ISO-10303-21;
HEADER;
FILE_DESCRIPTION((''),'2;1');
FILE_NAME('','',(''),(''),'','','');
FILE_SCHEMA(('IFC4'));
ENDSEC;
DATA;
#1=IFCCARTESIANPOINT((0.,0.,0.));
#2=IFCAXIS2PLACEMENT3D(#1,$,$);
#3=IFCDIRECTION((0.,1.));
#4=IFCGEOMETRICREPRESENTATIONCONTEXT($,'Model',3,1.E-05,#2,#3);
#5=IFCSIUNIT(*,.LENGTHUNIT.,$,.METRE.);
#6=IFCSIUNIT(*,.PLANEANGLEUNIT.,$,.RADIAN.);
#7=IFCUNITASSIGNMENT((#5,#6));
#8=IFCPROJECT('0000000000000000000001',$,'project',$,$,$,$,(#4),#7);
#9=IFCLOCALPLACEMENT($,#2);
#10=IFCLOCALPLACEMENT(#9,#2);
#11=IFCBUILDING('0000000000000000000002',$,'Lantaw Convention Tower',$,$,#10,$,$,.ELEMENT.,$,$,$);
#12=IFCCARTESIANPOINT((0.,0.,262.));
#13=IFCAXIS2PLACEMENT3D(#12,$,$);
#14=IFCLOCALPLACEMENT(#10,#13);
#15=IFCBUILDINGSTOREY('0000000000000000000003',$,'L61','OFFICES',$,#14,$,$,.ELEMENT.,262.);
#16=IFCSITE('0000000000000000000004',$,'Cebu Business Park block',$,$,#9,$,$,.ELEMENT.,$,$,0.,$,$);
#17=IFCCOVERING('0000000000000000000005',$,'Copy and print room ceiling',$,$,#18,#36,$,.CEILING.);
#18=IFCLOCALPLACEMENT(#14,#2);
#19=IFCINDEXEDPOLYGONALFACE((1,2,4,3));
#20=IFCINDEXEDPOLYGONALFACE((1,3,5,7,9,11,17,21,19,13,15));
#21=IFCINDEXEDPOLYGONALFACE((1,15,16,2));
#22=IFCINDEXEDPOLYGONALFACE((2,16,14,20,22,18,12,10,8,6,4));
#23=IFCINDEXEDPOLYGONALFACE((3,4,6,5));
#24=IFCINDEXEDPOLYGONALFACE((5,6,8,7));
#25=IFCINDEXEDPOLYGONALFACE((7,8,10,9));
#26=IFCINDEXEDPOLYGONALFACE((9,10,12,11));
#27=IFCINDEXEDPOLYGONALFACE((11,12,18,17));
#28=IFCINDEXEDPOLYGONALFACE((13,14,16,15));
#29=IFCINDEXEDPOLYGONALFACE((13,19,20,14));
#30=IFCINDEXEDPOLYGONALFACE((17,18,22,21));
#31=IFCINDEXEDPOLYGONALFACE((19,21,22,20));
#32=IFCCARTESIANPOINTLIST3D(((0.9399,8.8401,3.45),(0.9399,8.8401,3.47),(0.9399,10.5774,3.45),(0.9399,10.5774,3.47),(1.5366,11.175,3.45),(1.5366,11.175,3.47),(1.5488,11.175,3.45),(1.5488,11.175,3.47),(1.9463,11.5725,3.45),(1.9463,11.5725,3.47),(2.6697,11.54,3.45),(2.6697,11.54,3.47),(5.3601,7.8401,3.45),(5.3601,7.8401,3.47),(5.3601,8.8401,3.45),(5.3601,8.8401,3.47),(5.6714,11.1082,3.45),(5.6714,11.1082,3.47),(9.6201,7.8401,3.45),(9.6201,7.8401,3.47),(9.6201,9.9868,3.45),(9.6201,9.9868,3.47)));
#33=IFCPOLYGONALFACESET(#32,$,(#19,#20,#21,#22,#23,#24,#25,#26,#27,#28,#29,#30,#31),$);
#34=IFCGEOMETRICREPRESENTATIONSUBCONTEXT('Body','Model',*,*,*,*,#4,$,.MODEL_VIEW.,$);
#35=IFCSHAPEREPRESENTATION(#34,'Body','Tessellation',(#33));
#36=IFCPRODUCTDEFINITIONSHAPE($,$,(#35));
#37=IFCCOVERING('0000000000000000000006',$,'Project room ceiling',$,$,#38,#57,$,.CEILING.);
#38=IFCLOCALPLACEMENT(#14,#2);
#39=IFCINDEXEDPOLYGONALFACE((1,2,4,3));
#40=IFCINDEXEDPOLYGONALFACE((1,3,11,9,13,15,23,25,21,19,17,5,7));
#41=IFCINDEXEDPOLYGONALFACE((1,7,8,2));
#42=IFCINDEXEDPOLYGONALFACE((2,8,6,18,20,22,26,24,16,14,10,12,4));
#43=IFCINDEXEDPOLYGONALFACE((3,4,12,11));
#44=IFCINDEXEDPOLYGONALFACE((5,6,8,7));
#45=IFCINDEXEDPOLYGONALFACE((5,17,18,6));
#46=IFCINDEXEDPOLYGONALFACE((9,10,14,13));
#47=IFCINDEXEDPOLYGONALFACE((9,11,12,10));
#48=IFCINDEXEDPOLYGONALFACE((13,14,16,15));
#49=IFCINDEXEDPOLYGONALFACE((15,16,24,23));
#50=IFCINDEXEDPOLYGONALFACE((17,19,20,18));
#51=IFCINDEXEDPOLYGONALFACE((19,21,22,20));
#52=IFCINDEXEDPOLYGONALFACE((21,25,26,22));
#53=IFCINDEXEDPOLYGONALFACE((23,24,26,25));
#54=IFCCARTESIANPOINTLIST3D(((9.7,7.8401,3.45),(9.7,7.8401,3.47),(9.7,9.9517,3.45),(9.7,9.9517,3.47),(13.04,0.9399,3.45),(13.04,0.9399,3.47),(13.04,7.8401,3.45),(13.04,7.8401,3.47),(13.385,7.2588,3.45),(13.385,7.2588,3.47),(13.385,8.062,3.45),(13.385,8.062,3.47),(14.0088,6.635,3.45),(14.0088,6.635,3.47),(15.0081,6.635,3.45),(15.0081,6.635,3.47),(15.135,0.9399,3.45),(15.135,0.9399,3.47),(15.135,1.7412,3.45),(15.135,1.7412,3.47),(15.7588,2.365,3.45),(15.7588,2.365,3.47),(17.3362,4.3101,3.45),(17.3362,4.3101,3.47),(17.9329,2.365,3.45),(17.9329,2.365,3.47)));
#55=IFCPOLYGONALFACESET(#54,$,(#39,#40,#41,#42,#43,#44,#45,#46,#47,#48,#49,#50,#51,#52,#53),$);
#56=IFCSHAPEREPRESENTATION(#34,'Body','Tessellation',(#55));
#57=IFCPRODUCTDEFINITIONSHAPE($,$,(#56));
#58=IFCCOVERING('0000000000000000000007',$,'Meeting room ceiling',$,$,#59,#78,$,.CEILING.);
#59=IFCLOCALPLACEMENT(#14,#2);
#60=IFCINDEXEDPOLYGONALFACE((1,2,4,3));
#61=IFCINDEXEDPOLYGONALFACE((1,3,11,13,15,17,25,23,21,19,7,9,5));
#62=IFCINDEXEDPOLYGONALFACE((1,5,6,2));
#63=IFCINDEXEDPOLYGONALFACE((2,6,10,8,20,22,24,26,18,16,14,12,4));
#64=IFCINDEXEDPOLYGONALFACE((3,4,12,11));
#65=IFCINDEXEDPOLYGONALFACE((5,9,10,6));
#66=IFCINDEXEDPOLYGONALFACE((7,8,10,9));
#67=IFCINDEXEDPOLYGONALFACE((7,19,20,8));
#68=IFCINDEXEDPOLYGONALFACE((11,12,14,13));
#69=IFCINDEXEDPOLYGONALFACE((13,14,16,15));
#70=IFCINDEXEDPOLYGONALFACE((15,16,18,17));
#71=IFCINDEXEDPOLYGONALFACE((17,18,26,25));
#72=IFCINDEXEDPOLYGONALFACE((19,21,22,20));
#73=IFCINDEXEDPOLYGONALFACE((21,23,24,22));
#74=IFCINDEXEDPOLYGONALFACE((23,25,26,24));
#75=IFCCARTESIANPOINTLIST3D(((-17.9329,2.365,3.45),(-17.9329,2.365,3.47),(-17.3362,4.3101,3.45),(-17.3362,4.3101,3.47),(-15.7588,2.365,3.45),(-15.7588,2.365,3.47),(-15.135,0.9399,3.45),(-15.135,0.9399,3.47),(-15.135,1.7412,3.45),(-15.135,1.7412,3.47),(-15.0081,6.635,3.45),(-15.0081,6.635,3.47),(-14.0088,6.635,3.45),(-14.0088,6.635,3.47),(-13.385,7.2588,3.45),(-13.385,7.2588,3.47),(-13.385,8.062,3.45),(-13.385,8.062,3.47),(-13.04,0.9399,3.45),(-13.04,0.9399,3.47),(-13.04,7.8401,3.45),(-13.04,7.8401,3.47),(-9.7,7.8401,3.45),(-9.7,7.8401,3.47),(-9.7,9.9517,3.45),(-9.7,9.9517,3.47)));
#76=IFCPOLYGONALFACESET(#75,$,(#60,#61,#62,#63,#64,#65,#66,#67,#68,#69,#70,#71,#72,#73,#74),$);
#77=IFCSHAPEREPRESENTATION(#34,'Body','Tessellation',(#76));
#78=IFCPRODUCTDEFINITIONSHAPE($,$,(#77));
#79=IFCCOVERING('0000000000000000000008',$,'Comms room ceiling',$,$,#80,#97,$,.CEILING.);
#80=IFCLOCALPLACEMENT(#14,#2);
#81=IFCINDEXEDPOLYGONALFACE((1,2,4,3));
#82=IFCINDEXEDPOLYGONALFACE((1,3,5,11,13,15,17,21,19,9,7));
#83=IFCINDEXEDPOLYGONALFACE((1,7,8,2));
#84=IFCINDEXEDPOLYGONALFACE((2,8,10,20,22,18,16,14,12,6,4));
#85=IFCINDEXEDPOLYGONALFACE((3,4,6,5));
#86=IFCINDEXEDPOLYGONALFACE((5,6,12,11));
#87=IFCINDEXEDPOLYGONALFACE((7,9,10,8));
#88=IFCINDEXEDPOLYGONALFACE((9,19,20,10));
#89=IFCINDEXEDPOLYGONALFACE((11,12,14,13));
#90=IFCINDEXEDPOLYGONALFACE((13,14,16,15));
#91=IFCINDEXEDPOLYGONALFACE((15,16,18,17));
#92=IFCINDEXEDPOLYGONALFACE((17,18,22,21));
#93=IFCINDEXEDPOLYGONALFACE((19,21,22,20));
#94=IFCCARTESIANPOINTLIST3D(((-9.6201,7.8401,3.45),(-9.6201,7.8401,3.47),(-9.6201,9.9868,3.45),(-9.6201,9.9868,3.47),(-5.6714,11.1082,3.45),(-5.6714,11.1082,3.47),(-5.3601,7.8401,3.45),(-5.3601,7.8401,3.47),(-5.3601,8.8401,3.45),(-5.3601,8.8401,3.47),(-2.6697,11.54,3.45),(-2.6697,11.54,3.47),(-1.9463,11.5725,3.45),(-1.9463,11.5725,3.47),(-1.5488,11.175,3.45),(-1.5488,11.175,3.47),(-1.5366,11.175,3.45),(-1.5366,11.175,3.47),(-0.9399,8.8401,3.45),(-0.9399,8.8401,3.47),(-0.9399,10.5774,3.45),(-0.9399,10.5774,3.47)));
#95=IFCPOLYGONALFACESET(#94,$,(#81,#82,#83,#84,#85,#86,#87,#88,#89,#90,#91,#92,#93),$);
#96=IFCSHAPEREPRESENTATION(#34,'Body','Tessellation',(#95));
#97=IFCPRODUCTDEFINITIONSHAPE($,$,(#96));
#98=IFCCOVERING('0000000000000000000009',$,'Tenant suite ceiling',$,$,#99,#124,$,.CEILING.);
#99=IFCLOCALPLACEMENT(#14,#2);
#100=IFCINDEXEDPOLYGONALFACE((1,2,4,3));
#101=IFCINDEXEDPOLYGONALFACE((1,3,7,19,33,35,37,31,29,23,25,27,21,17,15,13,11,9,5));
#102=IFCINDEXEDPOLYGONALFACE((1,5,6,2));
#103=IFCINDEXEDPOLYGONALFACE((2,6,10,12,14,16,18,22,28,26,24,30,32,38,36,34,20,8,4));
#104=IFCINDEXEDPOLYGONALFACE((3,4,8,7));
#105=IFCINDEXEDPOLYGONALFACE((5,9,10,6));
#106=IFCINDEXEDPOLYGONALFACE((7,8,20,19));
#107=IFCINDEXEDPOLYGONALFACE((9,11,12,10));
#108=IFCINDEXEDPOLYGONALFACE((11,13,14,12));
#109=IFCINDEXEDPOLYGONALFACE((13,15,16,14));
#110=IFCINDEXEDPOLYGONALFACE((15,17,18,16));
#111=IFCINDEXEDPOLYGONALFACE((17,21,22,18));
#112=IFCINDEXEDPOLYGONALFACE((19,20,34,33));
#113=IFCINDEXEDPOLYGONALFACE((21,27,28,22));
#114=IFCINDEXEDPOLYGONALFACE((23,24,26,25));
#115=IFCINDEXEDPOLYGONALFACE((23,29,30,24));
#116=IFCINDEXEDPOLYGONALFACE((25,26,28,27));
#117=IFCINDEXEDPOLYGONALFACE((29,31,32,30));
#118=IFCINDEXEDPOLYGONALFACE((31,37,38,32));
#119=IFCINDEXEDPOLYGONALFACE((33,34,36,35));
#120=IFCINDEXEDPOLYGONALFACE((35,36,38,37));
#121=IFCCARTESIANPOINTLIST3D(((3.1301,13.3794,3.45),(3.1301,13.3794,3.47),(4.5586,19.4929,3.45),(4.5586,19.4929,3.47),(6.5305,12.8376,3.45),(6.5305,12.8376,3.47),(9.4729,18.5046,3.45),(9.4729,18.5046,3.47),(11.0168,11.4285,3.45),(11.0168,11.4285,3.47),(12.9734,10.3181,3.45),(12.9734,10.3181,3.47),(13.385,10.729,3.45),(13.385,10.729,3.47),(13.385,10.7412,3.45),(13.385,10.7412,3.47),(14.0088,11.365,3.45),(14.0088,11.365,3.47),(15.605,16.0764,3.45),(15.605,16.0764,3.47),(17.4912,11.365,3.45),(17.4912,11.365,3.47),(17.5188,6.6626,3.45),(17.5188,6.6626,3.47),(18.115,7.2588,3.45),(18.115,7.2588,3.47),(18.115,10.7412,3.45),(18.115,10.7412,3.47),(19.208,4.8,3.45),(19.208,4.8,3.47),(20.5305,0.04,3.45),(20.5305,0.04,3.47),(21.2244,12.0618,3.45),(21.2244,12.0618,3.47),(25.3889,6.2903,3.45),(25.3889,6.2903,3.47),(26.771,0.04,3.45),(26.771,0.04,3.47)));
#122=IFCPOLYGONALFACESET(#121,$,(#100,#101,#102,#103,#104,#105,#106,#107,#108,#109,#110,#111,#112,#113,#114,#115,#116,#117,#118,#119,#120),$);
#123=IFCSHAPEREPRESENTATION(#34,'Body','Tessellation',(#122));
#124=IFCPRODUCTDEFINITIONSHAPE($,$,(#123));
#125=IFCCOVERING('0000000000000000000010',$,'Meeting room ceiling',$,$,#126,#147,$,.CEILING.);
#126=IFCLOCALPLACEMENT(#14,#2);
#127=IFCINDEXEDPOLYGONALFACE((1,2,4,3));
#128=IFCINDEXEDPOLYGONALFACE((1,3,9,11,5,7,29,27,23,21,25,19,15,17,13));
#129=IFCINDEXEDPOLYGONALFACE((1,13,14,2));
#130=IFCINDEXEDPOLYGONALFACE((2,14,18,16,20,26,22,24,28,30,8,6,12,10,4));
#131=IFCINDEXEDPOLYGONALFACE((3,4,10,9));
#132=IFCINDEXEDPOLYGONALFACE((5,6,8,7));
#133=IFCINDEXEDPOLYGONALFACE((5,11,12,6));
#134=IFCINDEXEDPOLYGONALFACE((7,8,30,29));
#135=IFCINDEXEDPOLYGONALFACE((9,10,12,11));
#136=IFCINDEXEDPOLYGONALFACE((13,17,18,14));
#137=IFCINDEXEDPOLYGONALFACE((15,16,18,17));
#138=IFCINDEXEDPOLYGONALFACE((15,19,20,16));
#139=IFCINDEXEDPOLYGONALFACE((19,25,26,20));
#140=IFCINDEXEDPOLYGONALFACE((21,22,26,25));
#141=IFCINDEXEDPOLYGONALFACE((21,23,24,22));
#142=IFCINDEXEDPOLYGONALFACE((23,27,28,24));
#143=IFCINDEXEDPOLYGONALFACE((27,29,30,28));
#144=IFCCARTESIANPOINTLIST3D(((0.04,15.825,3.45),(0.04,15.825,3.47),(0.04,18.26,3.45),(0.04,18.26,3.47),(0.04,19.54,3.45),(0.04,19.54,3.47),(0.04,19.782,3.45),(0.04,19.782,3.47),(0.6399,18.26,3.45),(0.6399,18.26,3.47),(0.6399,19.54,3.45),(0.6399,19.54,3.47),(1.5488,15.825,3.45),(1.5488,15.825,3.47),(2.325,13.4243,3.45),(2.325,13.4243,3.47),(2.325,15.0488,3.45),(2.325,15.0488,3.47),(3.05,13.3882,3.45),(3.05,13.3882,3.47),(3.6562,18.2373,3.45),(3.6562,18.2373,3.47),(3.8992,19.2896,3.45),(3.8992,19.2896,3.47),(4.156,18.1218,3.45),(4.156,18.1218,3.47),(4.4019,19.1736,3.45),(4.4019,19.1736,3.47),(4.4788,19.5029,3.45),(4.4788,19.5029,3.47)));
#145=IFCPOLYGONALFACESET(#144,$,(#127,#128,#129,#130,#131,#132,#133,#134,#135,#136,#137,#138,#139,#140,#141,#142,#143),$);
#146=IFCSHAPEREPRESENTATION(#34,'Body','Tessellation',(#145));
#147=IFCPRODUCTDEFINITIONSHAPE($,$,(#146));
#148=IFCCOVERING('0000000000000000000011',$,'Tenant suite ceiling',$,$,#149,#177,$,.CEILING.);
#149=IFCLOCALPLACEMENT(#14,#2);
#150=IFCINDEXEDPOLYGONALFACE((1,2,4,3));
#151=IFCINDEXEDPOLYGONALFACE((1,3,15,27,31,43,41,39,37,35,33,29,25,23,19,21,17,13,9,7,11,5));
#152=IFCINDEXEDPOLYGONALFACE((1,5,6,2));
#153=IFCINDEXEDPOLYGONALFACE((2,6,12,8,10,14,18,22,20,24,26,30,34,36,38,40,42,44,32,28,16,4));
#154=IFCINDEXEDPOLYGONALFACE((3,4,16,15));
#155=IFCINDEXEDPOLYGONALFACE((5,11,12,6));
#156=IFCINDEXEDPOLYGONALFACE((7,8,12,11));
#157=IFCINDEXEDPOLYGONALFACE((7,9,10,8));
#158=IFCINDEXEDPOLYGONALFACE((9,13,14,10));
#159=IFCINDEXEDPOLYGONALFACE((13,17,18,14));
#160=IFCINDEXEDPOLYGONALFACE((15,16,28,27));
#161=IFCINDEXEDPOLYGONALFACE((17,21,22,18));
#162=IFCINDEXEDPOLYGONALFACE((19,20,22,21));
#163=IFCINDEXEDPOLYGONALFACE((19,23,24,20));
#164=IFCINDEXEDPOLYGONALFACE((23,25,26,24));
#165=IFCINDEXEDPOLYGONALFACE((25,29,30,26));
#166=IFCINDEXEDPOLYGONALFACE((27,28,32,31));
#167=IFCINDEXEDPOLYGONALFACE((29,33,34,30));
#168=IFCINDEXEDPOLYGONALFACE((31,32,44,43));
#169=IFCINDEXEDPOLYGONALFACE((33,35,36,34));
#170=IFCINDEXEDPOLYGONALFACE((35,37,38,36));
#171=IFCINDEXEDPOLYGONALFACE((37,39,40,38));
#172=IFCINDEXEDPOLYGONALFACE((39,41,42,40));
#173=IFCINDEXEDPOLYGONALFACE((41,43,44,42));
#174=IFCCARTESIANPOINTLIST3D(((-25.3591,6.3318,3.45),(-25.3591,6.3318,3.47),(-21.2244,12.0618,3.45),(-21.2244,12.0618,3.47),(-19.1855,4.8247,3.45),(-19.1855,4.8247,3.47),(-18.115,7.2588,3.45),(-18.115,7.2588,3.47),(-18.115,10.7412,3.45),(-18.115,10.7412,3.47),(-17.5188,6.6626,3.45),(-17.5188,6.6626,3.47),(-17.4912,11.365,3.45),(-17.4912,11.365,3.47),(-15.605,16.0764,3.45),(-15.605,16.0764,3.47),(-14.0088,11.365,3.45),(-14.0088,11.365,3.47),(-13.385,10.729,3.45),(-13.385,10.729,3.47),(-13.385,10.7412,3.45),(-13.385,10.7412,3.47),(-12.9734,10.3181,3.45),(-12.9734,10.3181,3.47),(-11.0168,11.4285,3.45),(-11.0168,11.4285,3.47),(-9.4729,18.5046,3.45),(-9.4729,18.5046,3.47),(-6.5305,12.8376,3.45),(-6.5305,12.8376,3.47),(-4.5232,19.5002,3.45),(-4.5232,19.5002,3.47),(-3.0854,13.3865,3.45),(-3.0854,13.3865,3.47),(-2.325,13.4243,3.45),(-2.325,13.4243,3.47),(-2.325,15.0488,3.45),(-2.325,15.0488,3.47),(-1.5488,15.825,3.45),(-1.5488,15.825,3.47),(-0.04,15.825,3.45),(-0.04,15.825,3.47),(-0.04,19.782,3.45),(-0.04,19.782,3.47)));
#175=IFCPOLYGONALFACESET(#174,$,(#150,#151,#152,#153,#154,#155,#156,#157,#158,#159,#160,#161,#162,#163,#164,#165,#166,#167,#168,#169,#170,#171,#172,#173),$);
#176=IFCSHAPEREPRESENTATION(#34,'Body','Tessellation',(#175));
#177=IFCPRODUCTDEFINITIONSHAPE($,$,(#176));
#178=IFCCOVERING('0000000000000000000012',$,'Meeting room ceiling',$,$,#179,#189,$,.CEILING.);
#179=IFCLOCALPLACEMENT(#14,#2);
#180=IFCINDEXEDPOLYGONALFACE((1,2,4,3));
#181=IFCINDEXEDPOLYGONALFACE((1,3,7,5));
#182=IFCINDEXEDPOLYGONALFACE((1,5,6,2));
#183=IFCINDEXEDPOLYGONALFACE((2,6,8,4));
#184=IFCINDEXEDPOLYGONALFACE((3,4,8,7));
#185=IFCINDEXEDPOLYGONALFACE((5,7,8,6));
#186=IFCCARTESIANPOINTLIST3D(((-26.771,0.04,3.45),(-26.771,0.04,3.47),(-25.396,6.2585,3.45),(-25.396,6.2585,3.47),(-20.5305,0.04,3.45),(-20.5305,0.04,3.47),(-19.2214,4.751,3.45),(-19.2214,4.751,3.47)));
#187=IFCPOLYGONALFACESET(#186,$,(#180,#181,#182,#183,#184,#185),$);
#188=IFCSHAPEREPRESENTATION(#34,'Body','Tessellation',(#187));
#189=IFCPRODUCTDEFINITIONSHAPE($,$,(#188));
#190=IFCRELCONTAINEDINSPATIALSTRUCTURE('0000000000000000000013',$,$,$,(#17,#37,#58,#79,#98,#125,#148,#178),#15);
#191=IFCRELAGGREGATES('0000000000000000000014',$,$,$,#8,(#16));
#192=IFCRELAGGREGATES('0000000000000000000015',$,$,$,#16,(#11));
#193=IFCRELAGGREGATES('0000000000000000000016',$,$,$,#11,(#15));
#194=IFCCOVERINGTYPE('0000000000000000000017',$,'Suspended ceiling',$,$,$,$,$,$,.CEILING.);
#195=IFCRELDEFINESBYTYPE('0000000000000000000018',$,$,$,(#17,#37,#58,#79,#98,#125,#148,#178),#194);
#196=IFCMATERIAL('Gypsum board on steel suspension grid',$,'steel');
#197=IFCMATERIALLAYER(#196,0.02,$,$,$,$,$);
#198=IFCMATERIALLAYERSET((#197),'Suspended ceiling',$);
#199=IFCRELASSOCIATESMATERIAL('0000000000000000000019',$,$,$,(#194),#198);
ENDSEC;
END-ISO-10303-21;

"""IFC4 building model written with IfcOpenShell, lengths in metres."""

from ifc_helpers import new_model, si_unit, direction, frame, origin, place, context, subcontext, project, spatial, polyline, outline, extrude, material, layer, layer_set, type_object, element, save


model = new_model("IFC4")

# Units and contexts
model_context = context("Model", 3, precision=1e-05, world=origin(), true_north=direction((0.0, 1.0)))
body_context = subcontext(model_context, "Body", "Model", "MODEL_VIEW")
ifc_project = project(units=[si_unit("LENGTHUNIT", "METRE"), si_unit("PLANEANGLEUNIT", "RADIAN")], contexts=[model_context])

# Site, building, storey
site_placement = place(None, origin())
site = spatial("IfcSite", under=ifc_project, at=site_placement, Name="Cebu Business Park block", CompositionType="ELEMENT", RefElevation=0.0)
building_placement = place(site_placement, origin())
building = spatial("IfcBuilding", under=site, at=building_placement, Name="Lantaw Convention Tower", CompositionType="ELEMENT")
storey_placement = place(building_placement, frame((0.0, 0.0, 262.0)))
storey = spatial("IfcBuildingStorey", under=building, at=storey_placement, Name="L61", Description="OFFICES", CompositionType="ELEMENT", Elevation=262.0)

# Coverings
ifc_material_1 = material(Name="Gypsum board on steel suspension grid", Category="steel")
ifc_layer_1 = layer(ifc_material_1, 0.02)
ifc_layer_set_1 = layer_set([ifc_layer_1], Name="Suspended ceiling")
covering_type = type_object("IfcCoveringType", Name="Suspended ceiling", PredefinedType="CEILING", material=ifc_layer_set_1)
covering_1_placement = place(storey_placement, frame((0.0, 0.0, 3.45)))
element("IfcCovering", 1, at=covering_1_placement, inside=storey, type_object=covering_type, Name="Copy and print room ceiling", PredefinedType="CEILING", context=body_context, shape_type="SweptSolid", body=[
    extrude(outline(polyline([(0.9399, 8.8401), (5.3601, 8.8401), (5.3601, 7.8401), (9.6201, 7.8401), (9.6201, 9.9868), (5.6714, 11.1082), (2.6697, 11.54), (1.9463, 11.5725), (1.5488, 11.175), (1.5366, 11.175), (0.9399, 10.5774), (0.9399, 8.8401)])), origin(), (0.0, 0.0, 1.0), 0.02),
])
covering_2_placement = place(storey_placement, frame((0.0, 0.0, 3.45)))
element("IfcCovering", 2, at=covering_2_placement, inside=storey, type_object=covering_type, Name="Project room ceiling", PredefinedType="CEILING", context=body_context, shape_type="SweptSolid", body=[
    extrude(outline(polyline([(13.385, 8.062), (9.7, 9.9517), (9.7, 7.8401), (13.04, 7.8401), (13.04, 0.9399), (15.135, 0.9399), (15.135, 1.7412), (15.7588, 2.365), (17.9329, 2.365), (17.3362, 4.3101), (15.0081, 6.635), (14.0088, 6.635), (13.385, 7.2588), (13.385, 8.062)])), origin(), (0.0, 0.0, 1.0), 0.02),
])
covering_3_placement = place(storey_placement, frame((0.0, 0.0, 3.45)))
element("IfcCovering", 3, at=covering_3_placement, inside=storey, type_object=covering_type, Name="Meeting room ceiling", PredefinedType="CEILING", context=body_context, shape_type="SweptSolid", body=[
    extrude(outline(polyline([(-15.135, 1.7412), (-15.135, 0.9399), (-13.04, 0.9399), (-13.04, 7.8401), (-9.7, 7.8401), (-9.7, 9.9517), (-13.385, 8.062), (-13.385, 7.2588), (-14.0088, 6.635), (-15.0081, 6.635), (-17.3362, 4.3101), (-17.9329, 2.365), (-15.7588, 2.365), (-15.135, 1.7412)])), origin(), (0.0, 0.0, 1.0), 0.02),
])
covering_4_placement = place(storey_placement, frame((0.0, 0.0, 3.45)))
element("IfcCovering", 4, at=covering_4_placement, inside=storey, type_object=covering_type, Name="Comms room ceiling", PredefinedType="CEILING", context=body_context, shape_type="SweptSolid", body=[
    extrude(outline(polyline([(-1.9463, 11.5725), (-2.6697, 11.54), (-5.6714, 11.1082), (-9.6201, 9.9868), (-9.6201, 7.8401), (-5.3601, 7.8401), (-5.3601, 8.8401), (-0.9399, 8.8401), (-0.9399, 10.5774), (-1.5366, 11.175), (-1.5488, 11.175), (-1.9463, 11.5725)])), origin(), (0.0, 0.0, 1.0), 0.02),
])
covering_5_placement = place(storey_placement, frame((0.0, 0.0, 3.45)))
element("IfcCovering", 5, at=covering_5_placement, inside=storey, type_object=covering_type, Name="Tenant suite ceiling", PredefinedType="CEILING", context=body_context, shape_type="SweptSolid", body=[
    extrude(outline(polyline([(13.385, 10.729), (13.385, 10.7412), (14.0088, 11.365), (17.4912, 11.365), (18.115, 10.7412), (18.115, 7.2588), (17.5188, 6.6626), (19.208, 4.8), (20.5305, 0.04), (26.771, 0.04), (25.3889, 6.2903), (21.2244, 12.0618), (15.605, 16.0764), (9.4729, 18.5046), (4.5586, 19.4929), (3.1301, 13.3794), (6.5305, 12.8376), (11.0168, 11.4285), (12.9734, 10.3181), (13.385, 10.729)])), origin(), (0.0, 0.0, 1.0), 0.02),
])
covering_6_placement = place(storey_placement, frame((0.0, 0.0, 3.45)))
element("IfcCovering", 6, at=covering_6_placement, inside=storey, type_object=covering_type, Name="Meeting room ceiling", PredefinedType="CEILING", context=body_context, shape_type="SweptSolid", body=[
    extrude(outline(polyline([(2.325, 15.0488), (2.325, 13.4243), (3.05, 13.3882), (4.156, 18.1218), (3.6562, 18.2373), (3.8992, 19.2896), (4.4019, 19.1736), (4.4788, 19.5029), (0.04, 19.782), (0.04, 19.54), (0.6399, 19.54), (0.6399, 18.26), (0.04, 18.26), (0.04, 15.825), (1.5488, 15.825), (2.325, 15.0488)])), origin(), (0.0, 0.0, 1.0), 0.02),
])
covering_7_placement = place(storey_placement, frame((0.0, 0.0, 3.45)))
element("IfcCovering", 7, at=covering_7_placement, inside=storey, type_object=covering_type, Name="Tenant suite ceiling", PredefinedType="CEILING", context=body_context, shape_type="SweptSolid", body=[
    extrude(outline(polyline([(-17.5188, 6.6626), (-18.115, 7.2588), (-18.115, 10.7412), (-17.4912, 11.365), (-14.0088, 11.365), (-13.385, 10.7412), (-13.385, 10.729), (-12.9734, 10.3181), (-11.0168, 11.4285), (-6.5305, 12.8376), (-3.0854, 13.3865), (-2.325, 13.4243), (-2.325, 15.0488), (-1.5488, 15.825), (-0.04, 15.825), (-0.04, 19.782), (-4.5232, 19.5002), (-9.4729, 18.5046), (-15.605, 16.0764), (-21.2244, 12.0618), (-25.3591, 6.3318), (-19.1855, 4.8247), (-17.5188, 6.6626)])), origin(), (0.0, 0.0, 1.0), 0.02),
])
covering_8_placement = place(storey_placement, frame((0.0, 0.0, 3.45)))
element("IfcCovering", 8, at=covering_8_placement, inside=storey, type_object=covering_type, Name="Meeting room ceiling", PredefinedType="CEILING", context=body_context, shape_type="SweptSolid", body=[
    extrude(outline(polyline([(-19.2214, 4.751), (-25.396, 6.2585), (-26.771, 0.04), (-20.5305, 0.04), (-19.2214, 4.751)])), origin(), (0.0, 0.0, 1.0), 0.02),
])

save(model, "model.ifc")
